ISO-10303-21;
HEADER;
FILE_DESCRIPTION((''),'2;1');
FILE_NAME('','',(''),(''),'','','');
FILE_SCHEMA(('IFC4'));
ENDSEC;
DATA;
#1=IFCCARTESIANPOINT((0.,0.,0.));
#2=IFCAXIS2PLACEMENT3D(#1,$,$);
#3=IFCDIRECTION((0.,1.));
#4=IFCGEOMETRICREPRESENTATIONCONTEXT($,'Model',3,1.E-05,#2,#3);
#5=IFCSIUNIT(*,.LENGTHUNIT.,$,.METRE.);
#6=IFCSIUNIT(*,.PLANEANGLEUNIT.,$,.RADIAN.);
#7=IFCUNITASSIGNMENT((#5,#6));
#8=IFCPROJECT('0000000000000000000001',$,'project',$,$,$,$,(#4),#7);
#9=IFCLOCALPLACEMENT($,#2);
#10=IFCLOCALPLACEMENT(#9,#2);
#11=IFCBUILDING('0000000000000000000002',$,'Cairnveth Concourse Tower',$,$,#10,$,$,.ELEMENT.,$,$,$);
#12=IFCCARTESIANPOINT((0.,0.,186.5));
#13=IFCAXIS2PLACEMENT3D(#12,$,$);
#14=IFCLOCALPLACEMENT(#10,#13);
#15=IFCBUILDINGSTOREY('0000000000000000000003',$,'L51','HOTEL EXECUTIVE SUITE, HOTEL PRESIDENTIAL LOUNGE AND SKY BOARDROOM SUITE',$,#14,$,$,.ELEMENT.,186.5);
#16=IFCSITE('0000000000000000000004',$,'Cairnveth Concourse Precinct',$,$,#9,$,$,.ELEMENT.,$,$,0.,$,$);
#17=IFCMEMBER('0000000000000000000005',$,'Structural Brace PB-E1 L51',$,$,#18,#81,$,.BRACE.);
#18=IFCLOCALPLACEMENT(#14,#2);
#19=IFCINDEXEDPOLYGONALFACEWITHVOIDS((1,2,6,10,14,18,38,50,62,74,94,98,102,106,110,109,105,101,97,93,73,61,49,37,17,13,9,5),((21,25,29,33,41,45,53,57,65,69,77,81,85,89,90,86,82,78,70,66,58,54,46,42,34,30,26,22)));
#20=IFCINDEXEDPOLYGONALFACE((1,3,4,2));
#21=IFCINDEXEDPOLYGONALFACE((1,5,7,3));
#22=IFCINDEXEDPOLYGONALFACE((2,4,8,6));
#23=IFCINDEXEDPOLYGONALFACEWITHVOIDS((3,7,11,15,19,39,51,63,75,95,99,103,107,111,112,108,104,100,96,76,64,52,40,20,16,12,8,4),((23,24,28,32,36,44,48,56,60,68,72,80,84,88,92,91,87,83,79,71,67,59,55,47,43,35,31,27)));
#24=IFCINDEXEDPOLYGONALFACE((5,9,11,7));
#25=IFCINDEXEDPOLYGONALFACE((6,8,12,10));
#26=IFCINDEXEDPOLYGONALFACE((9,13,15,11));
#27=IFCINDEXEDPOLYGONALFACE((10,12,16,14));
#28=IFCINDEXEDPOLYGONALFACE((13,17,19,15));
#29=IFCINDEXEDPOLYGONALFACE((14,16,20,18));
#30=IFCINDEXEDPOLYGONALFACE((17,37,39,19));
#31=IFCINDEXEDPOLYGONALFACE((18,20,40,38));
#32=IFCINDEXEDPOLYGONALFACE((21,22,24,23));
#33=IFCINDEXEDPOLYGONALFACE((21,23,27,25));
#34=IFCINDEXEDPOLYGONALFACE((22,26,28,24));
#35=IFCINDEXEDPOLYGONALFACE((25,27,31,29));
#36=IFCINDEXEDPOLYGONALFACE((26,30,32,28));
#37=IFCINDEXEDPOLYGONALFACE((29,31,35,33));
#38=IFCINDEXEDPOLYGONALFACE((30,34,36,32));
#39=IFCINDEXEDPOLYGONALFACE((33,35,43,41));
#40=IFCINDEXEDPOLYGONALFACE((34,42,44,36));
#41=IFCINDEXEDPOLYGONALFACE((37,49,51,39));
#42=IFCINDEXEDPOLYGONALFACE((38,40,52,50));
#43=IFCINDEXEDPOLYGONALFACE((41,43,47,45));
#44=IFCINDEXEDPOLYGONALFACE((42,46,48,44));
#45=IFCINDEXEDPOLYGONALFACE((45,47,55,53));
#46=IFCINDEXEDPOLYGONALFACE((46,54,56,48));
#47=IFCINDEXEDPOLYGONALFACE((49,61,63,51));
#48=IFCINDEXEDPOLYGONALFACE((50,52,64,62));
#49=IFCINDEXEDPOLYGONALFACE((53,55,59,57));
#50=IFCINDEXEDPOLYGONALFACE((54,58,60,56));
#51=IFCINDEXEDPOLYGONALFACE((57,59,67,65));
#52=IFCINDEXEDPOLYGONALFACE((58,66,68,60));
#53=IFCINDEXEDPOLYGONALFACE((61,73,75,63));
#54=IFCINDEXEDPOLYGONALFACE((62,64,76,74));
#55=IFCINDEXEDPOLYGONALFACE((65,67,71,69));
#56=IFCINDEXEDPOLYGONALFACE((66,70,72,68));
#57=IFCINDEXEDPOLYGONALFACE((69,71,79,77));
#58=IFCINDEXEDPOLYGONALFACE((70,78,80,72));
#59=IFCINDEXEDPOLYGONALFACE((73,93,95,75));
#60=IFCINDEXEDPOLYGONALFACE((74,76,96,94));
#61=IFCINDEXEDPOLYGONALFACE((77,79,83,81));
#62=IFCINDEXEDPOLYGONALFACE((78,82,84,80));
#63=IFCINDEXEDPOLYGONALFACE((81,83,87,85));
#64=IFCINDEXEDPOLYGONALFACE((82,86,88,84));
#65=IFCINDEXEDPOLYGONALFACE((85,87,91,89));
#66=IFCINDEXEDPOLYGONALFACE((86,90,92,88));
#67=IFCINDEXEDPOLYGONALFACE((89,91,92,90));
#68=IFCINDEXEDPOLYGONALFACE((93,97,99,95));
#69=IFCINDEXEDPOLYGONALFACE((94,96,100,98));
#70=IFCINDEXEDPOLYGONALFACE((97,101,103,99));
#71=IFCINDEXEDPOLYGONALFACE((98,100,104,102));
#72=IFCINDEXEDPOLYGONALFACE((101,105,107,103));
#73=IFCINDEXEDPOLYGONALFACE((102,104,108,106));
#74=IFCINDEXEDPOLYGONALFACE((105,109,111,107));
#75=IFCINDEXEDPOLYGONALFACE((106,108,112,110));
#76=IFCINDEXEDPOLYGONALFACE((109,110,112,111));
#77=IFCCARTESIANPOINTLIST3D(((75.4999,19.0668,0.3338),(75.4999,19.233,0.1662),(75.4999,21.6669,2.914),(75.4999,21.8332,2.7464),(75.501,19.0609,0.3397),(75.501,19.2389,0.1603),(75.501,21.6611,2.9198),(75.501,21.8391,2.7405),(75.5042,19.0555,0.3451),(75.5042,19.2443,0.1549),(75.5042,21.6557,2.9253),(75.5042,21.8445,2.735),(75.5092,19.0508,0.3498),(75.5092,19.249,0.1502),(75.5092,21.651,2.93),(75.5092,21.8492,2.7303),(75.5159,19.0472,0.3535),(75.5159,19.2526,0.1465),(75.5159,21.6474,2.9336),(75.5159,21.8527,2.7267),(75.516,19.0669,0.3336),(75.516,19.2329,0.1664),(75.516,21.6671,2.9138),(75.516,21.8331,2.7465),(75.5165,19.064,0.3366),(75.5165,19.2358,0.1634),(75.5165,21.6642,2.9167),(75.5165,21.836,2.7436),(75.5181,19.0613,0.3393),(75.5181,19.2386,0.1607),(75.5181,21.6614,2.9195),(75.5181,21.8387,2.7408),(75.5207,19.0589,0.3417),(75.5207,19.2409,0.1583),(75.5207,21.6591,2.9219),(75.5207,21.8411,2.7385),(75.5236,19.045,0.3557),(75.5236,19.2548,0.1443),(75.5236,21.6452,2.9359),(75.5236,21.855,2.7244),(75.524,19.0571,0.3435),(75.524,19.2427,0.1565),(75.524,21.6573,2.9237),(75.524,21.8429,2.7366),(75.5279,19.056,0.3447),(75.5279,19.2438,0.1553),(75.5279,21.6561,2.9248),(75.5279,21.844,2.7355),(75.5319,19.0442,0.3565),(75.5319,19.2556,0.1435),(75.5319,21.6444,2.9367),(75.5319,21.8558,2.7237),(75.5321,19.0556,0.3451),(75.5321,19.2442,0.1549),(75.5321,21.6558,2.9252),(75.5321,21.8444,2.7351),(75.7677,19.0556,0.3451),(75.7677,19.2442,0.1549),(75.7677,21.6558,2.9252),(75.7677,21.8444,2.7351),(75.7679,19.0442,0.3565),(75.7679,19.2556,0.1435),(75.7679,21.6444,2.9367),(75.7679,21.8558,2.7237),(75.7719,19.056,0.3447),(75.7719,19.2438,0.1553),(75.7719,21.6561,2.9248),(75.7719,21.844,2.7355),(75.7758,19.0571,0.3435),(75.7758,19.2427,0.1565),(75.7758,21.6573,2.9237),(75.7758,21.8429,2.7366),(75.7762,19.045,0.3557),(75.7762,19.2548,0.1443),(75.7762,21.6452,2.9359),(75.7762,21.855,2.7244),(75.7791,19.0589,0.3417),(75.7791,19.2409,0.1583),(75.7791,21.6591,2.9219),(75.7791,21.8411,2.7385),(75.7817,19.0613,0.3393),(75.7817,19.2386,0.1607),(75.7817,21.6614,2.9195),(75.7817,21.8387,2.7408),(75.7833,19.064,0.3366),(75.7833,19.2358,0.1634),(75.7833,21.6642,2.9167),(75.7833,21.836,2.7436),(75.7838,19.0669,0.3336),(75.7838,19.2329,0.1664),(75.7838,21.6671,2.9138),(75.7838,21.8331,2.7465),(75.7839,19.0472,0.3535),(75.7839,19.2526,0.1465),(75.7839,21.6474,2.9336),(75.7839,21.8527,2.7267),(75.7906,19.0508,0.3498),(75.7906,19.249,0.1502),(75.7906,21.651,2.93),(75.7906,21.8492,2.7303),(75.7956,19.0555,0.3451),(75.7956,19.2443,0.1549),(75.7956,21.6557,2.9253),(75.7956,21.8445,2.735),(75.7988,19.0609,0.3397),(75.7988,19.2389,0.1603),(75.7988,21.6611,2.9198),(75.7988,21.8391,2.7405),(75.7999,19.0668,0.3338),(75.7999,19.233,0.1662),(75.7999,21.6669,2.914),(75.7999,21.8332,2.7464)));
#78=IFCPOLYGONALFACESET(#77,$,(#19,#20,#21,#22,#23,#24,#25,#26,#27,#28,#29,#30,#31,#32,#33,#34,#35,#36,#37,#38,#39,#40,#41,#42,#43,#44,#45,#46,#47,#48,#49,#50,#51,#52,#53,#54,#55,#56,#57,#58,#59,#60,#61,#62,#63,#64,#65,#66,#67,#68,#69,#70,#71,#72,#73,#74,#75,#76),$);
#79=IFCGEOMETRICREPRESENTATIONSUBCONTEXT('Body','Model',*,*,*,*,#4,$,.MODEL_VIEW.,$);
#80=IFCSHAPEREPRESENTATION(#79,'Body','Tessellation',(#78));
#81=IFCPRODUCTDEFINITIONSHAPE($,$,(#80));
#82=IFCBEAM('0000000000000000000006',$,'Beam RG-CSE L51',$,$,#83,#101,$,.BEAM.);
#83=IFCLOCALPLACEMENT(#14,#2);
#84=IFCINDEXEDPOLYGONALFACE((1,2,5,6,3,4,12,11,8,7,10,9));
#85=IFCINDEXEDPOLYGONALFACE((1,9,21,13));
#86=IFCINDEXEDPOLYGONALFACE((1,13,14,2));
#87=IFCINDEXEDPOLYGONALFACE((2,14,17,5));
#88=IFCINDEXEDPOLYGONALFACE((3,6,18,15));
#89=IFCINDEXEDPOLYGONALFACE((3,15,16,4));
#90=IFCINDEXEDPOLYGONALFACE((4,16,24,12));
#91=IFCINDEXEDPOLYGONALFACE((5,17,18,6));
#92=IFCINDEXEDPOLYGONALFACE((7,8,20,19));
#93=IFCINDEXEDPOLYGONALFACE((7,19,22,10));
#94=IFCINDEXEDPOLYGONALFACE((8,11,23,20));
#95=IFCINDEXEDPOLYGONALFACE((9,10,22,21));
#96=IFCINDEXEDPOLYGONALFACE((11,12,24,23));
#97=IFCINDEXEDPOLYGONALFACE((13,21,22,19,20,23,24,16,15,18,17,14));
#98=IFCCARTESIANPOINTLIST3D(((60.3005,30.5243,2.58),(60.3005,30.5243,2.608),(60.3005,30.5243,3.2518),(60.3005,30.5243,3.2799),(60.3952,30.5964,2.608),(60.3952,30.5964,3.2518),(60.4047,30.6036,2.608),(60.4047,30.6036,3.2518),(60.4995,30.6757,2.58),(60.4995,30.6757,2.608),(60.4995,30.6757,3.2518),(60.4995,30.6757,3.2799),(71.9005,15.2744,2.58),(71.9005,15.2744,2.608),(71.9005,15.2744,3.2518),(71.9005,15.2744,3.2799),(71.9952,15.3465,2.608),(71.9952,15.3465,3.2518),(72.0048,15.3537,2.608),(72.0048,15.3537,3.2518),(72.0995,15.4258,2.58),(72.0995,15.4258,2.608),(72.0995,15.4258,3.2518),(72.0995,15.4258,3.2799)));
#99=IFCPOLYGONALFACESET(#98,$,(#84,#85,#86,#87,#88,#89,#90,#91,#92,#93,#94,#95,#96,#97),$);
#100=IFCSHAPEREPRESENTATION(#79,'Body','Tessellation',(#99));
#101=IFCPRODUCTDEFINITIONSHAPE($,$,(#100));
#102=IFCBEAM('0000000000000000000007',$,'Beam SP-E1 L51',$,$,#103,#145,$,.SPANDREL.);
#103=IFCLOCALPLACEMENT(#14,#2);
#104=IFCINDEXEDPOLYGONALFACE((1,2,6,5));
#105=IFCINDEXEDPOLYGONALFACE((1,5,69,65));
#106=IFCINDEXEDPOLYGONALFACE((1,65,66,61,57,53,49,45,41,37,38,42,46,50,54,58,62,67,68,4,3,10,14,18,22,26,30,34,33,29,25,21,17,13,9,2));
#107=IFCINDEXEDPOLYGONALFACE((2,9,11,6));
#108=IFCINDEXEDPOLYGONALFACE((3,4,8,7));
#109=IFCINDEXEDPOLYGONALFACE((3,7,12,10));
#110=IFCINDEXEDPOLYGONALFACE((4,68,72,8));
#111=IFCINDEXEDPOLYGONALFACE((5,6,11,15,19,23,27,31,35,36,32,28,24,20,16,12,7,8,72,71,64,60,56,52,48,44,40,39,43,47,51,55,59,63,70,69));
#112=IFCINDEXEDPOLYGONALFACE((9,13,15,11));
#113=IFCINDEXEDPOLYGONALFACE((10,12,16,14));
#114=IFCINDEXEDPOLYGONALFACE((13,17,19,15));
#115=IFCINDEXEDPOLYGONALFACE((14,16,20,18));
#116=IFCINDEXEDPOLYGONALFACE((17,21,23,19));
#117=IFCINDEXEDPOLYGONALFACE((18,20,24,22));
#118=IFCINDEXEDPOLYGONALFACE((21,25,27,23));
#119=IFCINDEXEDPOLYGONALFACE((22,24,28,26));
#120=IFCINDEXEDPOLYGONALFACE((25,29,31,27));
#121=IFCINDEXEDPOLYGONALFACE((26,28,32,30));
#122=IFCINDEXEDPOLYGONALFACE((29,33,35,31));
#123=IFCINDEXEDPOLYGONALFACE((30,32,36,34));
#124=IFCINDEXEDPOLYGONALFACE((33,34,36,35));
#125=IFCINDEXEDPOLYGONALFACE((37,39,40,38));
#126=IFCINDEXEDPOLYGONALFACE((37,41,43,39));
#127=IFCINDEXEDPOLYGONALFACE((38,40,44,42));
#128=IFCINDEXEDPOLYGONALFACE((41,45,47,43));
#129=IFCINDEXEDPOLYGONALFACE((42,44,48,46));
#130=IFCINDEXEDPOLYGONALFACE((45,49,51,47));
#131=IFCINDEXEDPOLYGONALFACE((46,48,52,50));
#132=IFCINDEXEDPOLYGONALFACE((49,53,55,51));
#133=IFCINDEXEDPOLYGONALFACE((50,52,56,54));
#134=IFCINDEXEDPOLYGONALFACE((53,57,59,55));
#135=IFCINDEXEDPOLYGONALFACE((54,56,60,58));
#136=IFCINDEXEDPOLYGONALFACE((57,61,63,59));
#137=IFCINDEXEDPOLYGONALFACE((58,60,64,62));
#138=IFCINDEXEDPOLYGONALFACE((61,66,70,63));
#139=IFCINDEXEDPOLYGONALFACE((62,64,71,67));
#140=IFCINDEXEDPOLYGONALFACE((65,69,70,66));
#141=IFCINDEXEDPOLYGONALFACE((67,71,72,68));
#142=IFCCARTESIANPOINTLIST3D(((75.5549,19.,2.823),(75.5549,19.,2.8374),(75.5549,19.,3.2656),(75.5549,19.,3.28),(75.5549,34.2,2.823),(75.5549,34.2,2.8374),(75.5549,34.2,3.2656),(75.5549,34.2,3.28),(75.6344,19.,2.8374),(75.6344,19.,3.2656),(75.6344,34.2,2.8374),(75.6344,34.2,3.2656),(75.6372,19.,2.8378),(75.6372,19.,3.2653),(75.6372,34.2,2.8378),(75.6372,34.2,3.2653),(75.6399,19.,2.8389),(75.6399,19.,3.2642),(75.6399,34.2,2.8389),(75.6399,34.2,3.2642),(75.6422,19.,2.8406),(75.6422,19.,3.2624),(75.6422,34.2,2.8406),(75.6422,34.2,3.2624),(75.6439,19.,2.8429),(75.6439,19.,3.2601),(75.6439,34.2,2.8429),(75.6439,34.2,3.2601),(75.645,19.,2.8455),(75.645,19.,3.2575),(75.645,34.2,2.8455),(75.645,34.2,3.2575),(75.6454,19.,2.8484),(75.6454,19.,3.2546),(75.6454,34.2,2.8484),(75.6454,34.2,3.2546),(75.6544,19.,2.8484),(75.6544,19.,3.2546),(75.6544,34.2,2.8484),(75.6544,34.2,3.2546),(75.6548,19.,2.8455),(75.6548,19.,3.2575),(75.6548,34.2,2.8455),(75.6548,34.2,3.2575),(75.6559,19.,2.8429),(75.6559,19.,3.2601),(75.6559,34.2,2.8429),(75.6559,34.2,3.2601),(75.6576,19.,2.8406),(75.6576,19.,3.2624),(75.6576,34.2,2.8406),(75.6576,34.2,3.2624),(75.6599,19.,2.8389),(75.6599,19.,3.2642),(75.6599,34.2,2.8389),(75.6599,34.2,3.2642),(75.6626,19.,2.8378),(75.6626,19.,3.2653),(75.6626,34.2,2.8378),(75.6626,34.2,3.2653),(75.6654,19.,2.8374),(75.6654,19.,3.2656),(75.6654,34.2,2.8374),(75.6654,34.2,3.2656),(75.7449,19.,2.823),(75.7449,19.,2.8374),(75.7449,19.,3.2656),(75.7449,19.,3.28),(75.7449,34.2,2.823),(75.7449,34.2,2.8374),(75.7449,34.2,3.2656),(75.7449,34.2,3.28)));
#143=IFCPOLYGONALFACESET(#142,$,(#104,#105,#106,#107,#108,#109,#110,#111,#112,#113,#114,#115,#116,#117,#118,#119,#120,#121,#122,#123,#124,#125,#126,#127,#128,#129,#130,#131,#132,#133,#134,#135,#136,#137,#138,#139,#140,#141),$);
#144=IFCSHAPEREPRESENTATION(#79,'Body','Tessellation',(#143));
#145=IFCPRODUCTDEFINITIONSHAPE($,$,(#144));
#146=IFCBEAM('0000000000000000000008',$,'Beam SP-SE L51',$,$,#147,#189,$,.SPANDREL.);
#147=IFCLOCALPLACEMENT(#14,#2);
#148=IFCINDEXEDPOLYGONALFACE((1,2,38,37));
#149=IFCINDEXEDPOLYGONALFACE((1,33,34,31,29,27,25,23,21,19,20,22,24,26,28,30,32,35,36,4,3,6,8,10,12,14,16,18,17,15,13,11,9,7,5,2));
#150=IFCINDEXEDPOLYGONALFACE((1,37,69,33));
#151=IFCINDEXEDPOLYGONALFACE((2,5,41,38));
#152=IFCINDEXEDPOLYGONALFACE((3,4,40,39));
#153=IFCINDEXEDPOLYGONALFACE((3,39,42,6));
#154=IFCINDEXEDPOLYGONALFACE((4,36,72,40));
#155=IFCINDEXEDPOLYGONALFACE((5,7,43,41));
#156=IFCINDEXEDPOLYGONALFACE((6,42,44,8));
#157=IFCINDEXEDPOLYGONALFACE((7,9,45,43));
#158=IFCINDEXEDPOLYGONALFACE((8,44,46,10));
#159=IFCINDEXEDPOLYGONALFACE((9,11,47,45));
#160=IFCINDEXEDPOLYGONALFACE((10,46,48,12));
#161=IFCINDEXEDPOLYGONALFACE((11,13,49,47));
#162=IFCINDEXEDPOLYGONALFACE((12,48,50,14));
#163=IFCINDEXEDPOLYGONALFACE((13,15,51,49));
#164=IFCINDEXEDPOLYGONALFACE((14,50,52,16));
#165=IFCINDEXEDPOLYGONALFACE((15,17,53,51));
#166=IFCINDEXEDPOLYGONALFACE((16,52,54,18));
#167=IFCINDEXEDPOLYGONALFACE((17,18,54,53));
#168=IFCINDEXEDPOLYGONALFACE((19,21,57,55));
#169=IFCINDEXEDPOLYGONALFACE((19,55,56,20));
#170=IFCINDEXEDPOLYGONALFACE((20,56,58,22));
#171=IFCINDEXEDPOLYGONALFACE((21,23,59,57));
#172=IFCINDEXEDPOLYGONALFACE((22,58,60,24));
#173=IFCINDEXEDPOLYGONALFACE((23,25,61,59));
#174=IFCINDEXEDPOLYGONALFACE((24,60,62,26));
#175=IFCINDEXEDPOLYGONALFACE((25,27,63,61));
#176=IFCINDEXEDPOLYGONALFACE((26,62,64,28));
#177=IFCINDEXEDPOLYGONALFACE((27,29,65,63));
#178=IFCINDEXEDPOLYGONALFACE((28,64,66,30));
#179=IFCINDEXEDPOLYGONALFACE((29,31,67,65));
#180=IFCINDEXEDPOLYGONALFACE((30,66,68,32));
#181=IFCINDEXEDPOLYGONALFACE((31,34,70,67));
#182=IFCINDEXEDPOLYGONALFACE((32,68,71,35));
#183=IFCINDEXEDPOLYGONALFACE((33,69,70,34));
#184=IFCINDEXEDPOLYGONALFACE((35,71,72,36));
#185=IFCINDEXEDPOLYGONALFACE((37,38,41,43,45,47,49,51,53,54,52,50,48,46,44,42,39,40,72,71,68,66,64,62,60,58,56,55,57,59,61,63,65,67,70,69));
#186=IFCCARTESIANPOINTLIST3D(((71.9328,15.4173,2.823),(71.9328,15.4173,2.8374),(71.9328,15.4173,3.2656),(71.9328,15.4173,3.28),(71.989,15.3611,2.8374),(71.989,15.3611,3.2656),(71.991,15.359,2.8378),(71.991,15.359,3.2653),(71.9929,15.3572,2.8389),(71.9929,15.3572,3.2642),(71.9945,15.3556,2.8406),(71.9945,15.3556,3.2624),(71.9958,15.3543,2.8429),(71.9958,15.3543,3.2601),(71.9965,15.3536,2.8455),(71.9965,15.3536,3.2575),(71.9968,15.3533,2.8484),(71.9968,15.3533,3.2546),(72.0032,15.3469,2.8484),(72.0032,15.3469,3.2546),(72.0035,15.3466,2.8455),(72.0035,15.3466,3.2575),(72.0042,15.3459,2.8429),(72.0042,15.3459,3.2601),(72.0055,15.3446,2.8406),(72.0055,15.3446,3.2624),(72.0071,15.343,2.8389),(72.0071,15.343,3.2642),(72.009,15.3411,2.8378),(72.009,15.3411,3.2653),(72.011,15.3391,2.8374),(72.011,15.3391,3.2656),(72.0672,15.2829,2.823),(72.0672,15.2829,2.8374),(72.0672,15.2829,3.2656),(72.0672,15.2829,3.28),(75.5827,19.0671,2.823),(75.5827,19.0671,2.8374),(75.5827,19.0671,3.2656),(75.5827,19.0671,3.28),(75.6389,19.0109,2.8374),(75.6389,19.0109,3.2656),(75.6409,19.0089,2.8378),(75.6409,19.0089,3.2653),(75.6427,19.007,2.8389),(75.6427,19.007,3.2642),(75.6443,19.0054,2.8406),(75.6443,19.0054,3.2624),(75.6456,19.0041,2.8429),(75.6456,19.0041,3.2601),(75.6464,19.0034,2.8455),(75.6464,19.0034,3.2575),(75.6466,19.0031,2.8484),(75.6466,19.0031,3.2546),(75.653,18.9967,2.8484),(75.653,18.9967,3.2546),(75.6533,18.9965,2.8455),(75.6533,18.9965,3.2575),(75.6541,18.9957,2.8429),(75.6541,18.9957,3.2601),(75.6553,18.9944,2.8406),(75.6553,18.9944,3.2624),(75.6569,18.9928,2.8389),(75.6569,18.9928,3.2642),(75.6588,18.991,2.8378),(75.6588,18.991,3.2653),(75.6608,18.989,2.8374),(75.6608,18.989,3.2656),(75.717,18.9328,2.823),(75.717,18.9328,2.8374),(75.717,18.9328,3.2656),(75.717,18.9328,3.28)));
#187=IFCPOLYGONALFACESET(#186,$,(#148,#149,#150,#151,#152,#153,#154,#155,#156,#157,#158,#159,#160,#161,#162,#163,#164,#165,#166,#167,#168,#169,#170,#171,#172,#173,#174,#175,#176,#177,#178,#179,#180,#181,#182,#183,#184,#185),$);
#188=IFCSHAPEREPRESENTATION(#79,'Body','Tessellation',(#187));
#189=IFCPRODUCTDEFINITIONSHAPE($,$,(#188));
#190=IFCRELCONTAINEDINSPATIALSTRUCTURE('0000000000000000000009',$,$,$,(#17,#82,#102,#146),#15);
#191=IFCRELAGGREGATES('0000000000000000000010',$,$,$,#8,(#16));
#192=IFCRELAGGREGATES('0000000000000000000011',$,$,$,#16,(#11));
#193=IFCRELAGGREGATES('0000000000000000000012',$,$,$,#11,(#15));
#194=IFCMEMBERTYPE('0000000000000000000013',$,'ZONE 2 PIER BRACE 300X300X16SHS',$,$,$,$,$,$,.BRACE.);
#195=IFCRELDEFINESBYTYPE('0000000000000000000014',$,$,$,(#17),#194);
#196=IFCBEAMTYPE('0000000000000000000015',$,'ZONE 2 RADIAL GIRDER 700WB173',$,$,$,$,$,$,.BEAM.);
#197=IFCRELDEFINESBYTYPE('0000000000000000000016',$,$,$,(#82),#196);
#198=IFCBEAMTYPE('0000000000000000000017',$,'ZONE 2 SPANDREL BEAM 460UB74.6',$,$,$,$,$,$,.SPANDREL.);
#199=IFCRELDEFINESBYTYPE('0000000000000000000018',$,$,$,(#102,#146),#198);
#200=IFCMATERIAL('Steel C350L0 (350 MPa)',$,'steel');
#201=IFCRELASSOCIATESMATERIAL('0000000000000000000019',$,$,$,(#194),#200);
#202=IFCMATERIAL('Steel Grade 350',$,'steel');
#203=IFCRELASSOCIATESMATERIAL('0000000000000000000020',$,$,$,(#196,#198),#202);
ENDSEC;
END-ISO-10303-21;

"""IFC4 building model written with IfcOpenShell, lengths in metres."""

from ifc_helpers import new_model, si_unit, direction, frame, origin, origin_2d, place, context, subcontext, project, spatial, hollow_rectangle, i_section, extrude, material, material_profile, profile_set, type_object, element, save


model = new_model("IFC4")

# Units and contexts
model_context = context("Model", 3, precision=1e-05, world=origin(), true_north=direction((0.0, 1.0)))
body_context = subcontext(model_context, "Body", "Model", "MODEL_VIEW")
ifc_project = project(units=[si_unit("LENGTHUNIT", "METRE"), si_unit("PLANEANGLEUNIT", "RADIAN")], contexts=[model_context])

# Site, building, storey
site_placement = place(None, origin())
site = spatial("IfcSite", under=ifc_project, at=site_placement, Name="Cairnveth Concourse Precinct", CompositionType="ELEMENT", RefElevation=0.0)
building_placement = place(site_placement, origin())
building = spatial("IfcBuilding", under=site, at=building_placement, Name="Cairnveth Concourse Tower", CompositionType="ELEMENT")
storey_placement = place(building_placement, frame((0.0, 0.0, 186.5)))
storey = spatial("IfcBuildingStorey", under=building, at=storey_placement, Name="L51", Description="HOTEL EXECUTIVE SUITE, HOTEL PRESIDENTIAL LOUNGE AND SKY BOARDROOM SUITE", CompositionType="ELEMENT", Elevation=186.5)

# Shared definitions
ifc_material_1 = material(Name="Steel Grade 350", Category="steel")

# Member
ifc_material_2 = material(Name="Steel C350L0 (350 MPa)", Category="steel")
ifc_material_profile_1 = material_profile(ifc_material_2, hollow_rectangle(XDim=0.3, YDim=0.3, WallThickness=0.0161, InnerFilletRadius=0.0161, OuterFilletRadius=0.032, at=origin_2d()), Name="300x300x16.0SHS")
ifc_profile_set_1 = profile_set([ifc_material_profile_1], Name="Steel C350L0 (350 MPa)")
member_type = type_object("IfcMemberType", Name="ZONE 2 PIER BRACE 300X300X16SHS", PredefinedType="BRACE", material=ifc_profile_set_1)
for number, where, z_axis, x_axis, name in (
    (1, (75.6499, 19.1499, 0.25), (0.0, 0.709834, 0.704369), (-1.0, 0.0, 0.0), "Structural Brace PB-E1 L51"),
):
    element("IfcMember", number, at=place(storey_placement, frame(where, z_axis=z_axis, x_axis=x_axis)), inside=storey, type_object=member_type, Name=name, PredefinedType="BRACE", context=body_context, shape_type="SweptSolid", body=[
        extrude(hollow_rectangle(XDim=0.3, YDim=0.3, WallThickness=0.0161, InnerFilletRadius=0.0161, OuterFilletRadius=0.032, at=origin_2d()), origin(), (0.0, 0.0, 1.0), 3.6631),
    ])

# Beams
ifc_material_profile_2 = material_profile(ifc_material_1, i_section(OverallWidth=0.25, OverallDepth=0.7, WebThickness=0.012, FlangeThickness=0.0281, at=origin_2d()), Name="700WB173")
ifc_profile_set_2 = profile_set([ifc_material_profile_2], Name="Steel Grade 350")
beam_type_1 = type_object("IfcBeamType", Name="ZONE 2 RADIAL GIRDER 700WB173", PredefinedType="BEAM", material=ifc_profile_set_2)
beam_1_placement = place(storey_placement, frame((72.0, 15.3501, 2.9299), z_axis=(-0.605417, 0.795908, 0.0), x_axis=(-0.795908, -0.605417, 0.0)))
element("IfcBeam", 2, at=beam_1_placement, inside=storey, type_object=beam_type_1, Name="Beam RG-CSE L51", PredefinedType="BEAM", context=body_context, shape_type="SweptSolid", body=[
    extrude(i_section(OverallWidth=0.25, OverallDepth=0.7, WebThickness=0.012, FlangeThickness=0.0281, at=origin_2d()), origin(), (0.0, 0.0, 1.0), 19.1604),
])
ifc_material_profile_3 = material_profile(ifc_material_1, i_section(OverallWidth=0.1899, OverallDepth=0.457, WebThickness=0.009, FlangeThickness=0.0144, FilletRadius=0.011, at=origin_2d()), Name="460UB74.6")
ifc_profile_set_3 = profile_set([ifc_material_profile_3], Name="Steel Grade 350")
beam_type_2 = type_object("IfcBeamType", Name="ZONE 2 SPANDREL BEAM 460UB74.6", PredefinedType="SPANDREL", material=ifc_profile_set_3)
beam_2_placement = place(storey_placement, frame((75.6499, 19.0, 3.0515), z_axis=(0.0, 1.0, 0.0), x_axis=(-1.0, 0.0, 0.0)))
element("IfcBeam", 3, at=beam_2_placement, inside=storey, type_object=beam_type_2, Name="Beam SP-E1 L51", PredefinedType="SPANDREL", context=body_context, shape_type="SweptSolid", body=[
    extrude(i_section(OverallWidth=0.1899, OverallDepth=0.457, WebThickness=0.009, FlangeThickness=0.0144, FilletRadius=0.011, at=origin_2d()), origin(), (0.0, 0.0, 1.0), 15.2),
])
beam_3_placement = place(storey_placement, frame((72.0, 15.3501, 3.0515), z_axis=(0.707107, 0.707107, 0.0), x_axis=(-0.707107, 0.707107, 0.0)))
element("IfcBeam", 4, at=beam_3_placement, inside=storey, type_object=beam_type_2, Name="Beam SP-SE L51", PredefinedType="SPANDREL", context=body_context, shape_type="SweptSolid", body=[
    extrude(i_section(OverallWidth=0.1899, OverallDepth=0.457, WebThickness=0.009, FlangeThickness=0.0144, FilletRadius=0.011, at=origin_2d()), origin(), (0.0, 0.0, 1.0), 5.1616),
])

save(model, "model.ifc")
